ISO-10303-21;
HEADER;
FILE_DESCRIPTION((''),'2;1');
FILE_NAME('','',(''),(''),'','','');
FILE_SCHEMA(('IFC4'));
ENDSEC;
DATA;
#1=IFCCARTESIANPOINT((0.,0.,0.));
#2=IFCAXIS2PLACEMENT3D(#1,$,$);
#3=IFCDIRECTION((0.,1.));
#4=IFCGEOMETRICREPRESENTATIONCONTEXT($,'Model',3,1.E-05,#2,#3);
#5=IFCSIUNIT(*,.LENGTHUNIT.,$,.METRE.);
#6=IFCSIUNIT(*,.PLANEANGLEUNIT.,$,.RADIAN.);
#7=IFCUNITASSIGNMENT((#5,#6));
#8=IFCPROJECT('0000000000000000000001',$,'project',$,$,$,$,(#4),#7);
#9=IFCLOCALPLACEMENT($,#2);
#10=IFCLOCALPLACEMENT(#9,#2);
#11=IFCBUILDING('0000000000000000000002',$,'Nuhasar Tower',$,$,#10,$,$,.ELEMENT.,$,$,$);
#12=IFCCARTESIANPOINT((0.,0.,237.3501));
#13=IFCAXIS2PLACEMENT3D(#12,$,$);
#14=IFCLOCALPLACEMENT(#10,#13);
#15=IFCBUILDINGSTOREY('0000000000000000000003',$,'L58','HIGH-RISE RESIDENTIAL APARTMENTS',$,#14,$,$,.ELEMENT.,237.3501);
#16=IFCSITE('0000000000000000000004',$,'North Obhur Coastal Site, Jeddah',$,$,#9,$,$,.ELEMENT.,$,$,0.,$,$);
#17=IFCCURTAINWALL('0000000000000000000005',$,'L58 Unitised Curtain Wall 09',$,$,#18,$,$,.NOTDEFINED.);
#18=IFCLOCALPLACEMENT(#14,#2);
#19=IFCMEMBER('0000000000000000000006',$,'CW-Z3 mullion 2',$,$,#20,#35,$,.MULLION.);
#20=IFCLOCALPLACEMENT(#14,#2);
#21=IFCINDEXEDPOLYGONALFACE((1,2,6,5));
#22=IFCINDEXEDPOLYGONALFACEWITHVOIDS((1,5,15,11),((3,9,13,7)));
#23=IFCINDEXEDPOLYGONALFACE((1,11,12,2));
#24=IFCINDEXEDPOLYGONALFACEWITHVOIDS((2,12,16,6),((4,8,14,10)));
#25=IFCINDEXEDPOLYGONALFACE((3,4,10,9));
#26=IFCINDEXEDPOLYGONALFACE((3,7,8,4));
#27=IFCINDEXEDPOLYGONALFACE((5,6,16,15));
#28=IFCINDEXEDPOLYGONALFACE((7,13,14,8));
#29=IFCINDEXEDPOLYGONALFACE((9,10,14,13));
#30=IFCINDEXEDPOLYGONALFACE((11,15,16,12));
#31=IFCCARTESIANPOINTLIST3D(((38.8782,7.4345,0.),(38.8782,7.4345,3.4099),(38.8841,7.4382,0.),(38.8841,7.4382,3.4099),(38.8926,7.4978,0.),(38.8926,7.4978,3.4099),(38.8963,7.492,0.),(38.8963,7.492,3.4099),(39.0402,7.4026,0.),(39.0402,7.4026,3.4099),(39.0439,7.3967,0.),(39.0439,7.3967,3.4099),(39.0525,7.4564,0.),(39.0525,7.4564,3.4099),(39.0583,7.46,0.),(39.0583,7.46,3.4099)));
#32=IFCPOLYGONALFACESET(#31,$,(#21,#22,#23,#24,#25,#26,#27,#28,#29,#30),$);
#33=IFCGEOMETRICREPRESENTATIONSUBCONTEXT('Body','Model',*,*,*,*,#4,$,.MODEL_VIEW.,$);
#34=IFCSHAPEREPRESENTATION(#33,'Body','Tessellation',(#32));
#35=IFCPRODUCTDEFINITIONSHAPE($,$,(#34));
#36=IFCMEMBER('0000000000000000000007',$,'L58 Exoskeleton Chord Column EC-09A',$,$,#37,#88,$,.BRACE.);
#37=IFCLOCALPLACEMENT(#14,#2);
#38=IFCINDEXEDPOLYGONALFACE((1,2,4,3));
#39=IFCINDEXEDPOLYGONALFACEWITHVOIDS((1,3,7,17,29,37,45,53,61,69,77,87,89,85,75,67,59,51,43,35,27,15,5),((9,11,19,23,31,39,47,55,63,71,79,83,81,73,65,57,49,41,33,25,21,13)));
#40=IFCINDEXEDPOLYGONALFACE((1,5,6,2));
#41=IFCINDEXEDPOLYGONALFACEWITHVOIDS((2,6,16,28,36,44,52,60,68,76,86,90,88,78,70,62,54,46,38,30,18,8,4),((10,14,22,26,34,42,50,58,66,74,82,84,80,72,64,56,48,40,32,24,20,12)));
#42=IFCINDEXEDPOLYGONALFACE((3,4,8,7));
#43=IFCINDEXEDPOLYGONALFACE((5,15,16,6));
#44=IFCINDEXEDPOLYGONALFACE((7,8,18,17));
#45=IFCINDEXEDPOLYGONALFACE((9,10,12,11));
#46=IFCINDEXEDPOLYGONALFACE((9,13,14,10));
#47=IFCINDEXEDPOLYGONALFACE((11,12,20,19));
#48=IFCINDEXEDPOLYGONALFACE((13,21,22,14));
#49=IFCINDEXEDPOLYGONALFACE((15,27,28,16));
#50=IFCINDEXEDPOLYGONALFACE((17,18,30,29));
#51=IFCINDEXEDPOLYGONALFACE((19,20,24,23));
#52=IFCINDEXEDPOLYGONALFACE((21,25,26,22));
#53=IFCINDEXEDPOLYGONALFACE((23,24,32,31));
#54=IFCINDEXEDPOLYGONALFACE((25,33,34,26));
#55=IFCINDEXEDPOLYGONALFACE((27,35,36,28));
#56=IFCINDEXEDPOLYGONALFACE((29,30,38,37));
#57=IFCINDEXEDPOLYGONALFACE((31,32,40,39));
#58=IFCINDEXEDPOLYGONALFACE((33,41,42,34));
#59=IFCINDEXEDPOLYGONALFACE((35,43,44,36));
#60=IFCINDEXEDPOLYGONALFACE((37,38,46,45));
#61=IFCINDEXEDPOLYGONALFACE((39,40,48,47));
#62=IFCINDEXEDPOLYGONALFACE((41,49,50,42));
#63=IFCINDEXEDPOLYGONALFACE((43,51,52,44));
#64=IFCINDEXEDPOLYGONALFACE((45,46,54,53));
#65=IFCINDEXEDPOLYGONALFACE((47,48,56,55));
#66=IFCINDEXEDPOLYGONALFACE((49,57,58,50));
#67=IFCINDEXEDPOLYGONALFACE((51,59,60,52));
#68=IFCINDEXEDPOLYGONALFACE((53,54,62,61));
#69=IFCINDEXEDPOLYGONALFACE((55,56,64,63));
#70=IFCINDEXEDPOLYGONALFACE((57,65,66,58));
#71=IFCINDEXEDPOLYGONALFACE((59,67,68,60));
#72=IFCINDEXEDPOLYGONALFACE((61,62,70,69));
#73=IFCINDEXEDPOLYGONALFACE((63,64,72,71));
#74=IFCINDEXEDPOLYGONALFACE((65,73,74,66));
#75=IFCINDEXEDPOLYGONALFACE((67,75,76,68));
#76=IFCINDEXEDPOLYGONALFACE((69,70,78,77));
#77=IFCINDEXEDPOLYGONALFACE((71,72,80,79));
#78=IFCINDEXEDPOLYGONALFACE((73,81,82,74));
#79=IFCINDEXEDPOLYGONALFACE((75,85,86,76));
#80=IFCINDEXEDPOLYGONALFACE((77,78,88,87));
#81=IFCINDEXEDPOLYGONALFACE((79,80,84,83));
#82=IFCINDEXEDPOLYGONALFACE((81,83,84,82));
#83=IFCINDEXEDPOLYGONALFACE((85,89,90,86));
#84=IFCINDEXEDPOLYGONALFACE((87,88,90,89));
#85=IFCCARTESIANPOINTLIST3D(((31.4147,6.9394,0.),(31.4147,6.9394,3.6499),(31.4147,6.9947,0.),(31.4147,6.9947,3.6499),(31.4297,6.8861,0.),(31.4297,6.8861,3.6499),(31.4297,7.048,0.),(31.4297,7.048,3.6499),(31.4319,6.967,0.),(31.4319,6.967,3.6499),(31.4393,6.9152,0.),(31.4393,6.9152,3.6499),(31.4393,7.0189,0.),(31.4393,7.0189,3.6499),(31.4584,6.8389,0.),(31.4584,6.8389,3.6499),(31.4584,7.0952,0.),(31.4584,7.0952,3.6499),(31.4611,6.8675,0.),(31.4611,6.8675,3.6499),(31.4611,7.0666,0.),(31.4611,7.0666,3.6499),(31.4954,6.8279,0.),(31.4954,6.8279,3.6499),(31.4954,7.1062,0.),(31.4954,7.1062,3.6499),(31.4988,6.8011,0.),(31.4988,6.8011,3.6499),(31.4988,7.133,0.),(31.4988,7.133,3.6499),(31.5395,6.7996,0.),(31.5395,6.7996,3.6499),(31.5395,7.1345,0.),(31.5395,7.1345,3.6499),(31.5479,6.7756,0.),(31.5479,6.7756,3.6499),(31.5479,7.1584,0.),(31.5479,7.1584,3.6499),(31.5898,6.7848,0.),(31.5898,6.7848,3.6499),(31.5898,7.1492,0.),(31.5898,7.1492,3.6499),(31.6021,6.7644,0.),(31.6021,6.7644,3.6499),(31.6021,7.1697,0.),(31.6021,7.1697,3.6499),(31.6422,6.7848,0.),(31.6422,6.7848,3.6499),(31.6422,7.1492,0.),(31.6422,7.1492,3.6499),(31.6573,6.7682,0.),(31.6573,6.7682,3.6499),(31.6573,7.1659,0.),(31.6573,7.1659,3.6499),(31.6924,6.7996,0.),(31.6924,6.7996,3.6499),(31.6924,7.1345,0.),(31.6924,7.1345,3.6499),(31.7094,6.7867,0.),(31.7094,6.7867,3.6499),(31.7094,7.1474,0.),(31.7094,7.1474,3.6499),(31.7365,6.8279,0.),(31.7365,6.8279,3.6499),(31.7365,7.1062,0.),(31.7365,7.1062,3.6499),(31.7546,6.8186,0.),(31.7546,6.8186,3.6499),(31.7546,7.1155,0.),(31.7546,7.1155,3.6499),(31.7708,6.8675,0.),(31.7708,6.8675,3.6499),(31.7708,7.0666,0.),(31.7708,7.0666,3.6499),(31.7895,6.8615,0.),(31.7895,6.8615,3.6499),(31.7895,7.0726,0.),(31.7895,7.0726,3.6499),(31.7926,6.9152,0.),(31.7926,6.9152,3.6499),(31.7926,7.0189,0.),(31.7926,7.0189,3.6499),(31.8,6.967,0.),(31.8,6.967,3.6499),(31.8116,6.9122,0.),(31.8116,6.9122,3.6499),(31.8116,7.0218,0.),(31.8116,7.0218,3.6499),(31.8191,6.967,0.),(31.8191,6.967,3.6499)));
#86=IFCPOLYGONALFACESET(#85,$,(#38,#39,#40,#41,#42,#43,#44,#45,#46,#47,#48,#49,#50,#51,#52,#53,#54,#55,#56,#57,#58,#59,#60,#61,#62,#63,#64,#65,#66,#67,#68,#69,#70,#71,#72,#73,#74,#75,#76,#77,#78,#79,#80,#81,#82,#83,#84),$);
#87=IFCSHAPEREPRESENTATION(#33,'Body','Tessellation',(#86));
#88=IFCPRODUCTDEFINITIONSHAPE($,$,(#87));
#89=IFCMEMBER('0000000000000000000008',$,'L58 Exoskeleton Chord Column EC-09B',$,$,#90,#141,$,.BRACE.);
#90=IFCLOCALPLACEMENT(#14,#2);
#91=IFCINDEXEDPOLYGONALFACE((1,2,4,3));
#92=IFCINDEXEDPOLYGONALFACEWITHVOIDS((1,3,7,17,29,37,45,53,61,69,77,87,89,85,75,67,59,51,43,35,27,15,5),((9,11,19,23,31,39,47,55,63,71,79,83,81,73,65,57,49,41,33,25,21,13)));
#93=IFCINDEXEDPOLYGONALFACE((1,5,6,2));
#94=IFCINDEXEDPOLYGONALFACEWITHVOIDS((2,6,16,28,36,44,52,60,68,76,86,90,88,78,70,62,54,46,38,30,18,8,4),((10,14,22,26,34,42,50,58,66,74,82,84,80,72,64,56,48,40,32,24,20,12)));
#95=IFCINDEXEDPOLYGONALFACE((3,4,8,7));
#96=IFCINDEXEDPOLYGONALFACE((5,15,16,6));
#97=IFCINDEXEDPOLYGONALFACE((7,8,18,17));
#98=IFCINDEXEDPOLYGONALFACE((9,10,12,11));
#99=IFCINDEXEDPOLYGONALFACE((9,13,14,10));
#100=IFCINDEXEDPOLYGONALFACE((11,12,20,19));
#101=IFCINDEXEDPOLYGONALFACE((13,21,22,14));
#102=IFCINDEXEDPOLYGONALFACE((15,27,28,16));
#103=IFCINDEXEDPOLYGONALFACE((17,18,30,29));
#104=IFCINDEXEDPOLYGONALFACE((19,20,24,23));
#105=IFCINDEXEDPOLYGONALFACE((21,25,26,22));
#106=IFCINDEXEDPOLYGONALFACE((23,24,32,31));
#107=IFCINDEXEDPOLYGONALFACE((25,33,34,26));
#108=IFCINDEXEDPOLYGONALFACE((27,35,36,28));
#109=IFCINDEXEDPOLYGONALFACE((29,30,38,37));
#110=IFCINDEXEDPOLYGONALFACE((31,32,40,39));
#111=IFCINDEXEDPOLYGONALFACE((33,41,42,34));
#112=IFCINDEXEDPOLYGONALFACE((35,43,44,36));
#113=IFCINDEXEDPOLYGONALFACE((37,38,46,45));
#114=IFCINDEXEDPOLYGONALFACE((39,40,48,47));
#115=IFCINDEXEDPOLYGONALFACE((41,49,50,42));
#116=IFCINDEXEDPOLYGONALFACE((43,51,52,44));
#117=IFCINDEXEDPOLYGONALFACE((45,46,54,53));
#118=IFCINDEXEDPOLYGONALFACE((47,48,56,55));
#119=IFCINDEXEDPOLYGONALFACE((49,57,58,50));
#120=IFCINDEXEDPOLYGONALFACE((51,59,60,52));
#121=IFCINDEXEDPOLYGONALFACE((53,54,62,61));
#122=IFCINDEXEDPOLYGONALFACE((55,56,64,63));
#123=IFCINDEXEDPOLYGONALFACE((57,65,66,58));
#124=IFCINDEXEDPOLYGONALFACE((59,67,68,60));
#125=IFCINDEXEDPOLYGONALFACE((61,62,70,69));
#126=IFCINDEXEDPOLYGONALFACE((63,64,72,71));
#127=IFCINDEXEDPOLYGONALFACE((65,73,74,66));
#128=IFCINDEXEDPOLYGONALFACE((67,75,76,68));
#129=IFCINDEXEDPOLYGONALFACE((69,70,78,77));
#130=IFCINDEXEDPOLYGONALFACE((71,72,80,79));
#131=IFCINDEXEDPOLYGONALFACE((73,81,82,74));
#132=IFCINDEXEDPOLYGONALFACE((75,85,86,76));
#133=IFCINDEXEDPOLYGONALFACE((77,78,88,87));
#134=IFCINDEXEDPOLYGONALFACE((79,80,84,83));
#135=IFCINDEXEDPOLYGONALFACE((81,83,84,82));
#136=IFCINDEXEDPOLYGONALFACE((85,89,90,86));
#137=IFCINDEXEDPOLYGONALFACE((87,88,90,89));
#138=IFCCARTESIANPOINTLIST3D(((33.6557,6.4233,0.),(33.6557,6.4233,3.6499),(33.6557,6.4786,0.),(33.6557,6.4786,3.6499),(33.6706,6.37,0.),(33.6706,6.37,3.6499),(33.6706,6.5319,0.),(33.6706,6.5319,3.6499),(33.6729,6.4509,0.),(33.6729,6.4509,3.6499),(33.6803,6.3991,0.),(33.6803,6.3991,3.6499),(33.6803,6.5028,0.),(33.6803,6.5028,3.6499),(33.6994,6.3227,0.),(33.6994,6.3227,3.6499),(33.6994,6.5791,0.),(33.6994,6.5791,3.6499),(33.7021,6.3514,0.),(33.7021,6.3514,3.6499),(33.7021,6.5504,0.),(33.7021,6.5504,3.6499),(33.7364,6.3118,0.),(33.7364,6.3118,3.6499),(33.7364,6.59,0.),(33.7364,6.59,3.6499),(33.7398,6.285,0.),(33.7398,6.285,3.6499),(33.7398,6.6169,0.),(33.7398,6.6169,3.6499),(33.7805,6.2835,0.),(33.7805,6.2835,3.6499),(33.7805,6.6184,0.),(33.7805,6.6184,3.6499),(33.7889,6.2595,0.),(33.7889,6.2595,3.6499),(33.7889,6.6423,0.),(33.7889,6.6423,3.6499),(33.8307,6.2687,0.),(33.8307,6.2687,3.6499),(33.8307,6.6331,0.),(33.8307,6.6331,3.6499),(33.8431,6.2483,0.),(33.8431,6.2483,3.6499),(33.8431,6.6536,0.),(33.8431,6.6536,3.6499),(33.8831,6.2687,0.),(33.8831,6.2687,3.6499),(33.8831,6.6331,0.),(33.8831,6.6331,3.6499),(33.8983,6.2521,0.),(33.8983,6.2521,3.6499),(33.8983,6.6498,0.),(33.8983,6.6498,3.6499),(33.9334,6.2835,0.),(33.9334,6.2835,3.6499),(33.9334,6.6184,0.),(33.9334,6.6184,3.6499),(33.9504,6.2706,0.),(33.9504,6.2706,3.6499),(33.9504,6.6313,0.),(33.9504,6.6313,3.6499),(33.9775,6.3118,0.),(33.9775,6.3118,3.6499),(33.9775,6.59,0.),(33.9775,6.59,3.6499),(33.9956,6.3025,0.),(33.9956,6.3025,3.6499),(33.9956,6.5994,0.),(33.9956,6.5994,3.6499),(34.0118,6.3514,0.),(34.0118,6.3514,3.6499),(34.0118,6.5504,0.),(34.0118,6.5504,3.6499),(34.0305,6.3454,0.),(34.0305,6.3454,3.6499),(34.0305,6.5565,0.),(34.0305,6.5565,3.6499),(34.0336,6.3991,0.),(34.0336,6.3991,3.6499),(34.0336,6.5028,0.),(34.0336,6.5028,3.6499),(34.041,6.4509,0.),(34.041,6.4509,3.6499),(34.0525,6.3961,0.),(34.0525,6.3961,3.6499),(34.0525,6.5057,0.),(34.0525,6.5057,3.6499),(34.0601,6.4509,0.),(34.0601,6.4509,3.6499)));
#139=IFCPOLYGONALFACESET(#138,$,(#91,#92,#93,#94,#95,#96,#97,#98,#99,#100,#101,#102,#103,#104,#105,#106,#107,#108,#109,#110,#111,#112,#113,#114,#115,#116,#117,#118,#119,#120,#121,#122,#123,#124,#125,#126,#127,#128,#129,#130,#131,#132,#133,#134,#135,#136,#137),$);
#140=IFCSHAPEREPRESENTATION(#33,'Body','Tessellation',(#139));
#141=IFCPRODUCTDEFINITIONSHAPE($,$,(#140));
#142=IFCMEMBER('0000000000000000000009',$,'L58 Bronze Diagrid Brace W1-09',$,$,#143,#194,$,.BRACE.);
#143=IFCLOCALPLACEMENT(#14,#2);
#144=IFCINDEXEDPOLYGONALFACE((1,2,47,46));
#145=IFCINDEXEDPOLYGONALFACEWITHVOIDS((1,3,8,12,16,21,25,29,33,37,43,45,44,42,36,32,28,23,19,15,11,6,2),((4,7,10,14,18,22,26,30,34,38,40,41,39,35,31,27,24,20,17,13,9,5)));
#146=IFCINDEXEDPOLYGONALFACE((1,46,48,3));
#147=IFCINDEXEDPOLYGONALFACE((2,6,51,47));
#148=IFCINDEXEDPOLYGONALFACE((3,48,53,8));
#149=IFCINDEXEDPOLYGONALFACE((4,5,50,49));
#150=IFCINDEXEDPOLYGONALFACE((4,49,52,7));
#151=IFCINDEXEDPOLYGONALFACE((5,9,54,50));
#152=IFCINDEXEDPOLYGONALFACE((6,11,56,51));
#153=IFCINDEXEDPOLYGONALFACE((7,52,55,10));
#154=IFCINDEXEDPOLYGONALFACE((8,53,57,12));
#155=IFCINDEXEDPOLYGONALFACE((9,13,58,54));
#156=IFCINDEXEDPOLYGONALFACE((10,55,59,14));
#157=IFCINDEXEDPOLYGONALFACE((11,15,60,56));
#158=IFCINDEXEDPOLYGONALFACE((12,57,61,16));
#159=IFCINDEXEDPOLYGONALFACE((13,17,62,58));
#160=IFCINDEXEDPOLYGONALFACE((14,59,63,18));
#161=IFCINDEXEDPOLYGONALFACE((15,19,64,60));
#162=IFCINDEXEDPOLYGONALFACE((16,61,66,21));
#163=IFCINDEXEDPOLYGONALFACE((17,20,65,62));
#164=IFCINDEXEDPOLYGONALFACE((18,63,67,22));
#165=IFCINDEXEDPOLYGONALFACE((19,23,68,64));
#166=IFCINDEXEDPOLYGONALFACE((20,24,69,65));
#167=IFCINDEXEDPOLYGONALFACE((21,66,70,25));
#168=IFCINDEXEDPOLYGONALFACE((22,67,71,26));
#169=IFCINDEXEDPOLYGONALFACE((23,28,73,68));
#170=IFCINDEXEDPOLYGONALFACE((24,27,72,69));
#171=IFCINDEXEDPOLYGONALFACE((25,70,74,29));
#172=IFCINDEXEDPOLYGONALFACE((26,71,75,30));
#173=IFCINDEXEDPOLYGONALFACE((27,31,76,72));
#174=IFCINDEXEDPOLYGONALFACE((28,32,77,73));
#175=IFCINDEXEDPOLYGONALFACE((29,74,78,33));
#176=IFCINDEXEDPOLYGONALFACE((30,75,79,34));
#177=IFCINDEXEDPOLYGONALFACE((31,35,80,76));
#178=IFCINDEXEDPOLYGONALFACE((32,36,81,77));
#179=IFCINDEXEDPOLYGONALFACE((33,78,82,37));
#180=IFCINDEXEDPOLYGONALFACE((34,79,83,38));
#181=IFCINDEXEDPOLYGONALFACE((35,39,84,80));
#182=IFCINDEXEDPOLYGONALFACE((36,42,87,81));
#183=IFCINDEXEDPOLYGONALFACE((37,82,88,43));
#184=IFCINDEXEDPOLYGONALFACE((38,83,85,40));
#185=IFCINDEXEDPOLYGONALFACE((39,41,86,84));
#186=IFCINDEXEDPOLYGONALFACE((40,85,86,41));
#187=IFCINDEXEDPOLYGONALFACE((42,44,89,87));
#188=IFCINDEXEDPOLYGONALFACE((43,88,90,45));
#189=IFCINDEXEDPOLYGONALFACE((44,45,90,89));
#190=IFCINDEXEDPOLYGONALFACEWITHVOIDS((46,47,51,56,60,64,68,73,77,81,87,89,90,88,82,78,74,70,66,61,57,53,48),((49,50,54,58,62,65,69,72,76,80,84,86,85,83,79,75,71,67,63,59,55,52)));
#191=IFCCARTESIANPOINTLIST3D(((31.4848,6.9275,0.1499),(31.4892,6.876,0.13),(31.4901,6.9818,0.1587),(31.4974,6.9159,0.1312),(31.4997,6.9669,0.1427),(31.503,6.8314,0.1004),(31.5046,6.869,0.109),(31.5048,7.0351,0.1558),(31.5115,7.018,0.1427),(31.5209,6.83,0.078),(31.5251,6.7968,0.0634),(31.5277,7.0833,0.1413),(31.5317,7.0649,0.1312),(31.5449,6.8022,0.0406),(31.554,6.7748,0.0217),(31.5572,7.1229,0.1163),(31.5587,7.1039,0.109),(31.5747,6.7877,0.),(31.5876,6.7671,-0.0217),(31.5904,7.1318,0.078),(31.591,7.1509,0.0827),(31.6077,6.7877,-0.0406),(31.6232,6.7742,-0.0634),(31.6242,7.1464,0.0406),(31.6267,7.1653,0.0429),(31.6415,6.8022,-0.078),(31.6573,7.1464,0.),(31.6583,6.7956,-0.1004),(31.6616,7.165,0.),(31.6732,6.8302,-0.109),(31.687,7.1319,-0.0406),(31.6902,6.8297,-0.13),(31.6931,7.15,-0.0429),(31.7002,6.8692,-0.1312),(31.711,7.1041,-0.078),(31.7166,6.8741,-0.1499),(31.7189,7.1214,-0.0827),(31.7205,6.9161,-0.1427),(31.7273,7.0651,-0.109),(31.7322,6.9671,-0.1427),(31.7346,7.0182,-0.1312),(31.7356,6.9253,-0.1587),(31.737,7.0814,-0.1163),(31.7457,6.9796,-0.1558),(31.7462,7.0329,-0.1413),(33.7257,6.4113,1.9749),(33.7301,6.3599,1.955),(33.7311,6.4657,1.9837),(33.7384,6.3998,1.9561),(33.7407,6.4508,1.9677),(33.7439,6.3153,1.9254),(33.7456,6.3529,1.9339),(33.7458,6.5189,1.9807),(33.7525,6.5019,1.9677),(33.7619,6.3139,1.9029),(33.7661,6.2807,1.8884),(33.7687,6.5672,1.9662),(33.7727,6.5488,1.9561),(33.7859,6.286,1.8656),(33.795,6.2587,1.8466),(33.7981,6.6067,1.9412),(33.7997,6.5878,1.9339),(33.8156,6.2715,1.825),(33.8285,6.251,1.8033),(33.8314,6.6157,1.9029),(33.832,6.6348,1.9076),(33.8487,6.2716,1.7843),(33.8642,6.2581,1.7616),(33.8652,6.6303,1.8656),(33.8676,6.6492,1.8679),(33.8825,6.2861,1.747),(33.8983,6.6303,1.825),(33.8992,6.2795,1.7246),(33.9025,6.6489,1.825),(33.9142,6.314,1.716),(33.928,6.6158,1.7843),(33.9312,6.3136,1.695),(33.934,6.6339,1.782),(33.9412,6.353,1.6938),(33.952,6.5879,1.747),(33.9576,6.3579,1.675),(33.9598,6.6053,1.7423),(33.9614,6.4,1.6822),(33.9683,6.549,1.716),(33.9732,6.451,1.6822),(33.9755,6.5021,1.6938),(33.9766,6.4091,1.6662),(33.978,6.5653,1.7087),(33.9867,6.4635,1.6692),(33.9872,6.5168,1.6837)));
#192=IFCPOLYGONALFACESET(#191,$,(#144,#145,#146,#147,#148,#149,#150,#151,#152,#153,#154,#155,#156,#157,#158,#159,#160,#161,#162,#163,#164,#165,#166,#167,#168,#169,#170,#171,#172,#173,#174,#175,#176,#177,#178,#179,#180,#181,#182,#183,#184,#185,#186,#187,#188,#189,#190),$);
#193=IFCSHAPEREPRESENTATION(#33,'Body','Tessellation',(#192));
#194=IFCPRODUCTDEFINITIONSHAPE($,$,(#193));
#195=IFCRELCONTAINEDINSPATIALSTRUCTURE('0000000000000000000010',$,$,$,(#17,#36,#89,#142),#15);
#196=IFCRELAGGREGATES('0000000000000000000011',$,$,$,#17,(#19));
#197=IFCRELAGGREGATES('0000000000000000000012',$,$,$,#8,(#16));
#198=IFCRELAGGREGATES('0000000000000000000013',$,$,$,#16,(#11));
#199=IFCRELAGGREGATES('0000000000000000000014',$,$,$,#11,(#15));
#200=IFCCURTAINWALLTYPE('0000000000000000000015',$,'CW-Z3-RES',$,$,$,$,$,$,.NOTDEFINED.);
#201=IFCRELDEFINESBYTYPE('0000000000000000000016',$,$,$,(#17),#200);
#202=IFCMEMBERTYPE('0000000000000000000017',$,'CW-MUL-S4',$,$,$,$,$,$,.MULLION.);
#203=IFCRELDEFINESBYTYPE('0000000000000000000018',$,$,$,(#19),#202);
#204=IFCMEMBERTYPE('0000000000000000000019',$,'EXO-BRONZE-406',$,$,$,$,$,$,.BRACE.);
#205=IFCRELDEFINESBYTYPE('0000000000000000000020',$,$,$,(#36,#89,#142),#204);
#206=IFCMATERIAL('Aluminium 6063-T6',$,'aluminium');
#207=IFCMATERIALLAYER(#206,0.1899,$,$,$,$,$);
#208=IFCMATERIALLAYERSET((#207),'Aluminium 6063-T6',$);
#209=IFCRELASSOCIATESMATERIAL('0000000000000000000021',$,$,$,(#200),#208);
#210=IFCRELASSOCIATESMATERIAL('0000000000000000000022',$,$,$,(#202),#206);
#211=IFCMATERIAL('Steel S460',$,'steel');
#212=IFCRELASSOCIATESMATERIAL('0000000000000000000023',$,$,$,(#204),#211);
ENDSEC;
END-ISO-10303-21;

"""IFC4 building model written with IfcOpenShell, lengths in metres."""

from ifc_helpers import new_model, si_unit, direction, frame, origin, origin_2d, place, context, subcontext, project, spatial, hollow_rectangle, hollow_circle, extrude, material, layer, layer_set, material_profile, profile_set, type_object, element, aggregate, save


model = new_model("IFC4")

# Units and contexts
model_context = context("Model", 3, precision=1e-05, world=origin(), true_north=direction((0.0, 1.0)))
body_context = subcontext(model_context, "Body", "Model", "MODEL_VIEW")
ifc_project = project(units=[si_unit("LENGTHUNIT", "METRE"), si_unit("PLANEANGLEUNIT", "RADIAN")], contexts=[model_context])

# Site, building, storey
site_placement = place(None, origin())
site = spatial("IfcSite", under=ifc_project, at=site_placement, Name="North Obhur Coastal Site, Jeddah", CompositionType="ELEMENT", RefElevation=0.0)
building_placement = place(site_placement, origin())
building = spatial("IfcBuilding", under=site, at=building_placement, Name="Nuhasar Tower", CompositionType="ELEMENT")
storey_placement = place(building_placement, frame((0.0, 0.0, 237.3501)))
storey = spatial("IfcBuildingStorey", under=building, at=storey_placement, Name="L58", Description="HIGH-RISE RESIDENTIAL APARTMENTS", CompositionType="ELEMENT", Elevation=237.3501)

# Curtain wall, member
ifc_material_1 = material(Name="Aluminium 6063-T6", Category="aluminium")
ifc_layer_1 = layer(ifc_material_1, 0.1899)
ifc_layer_set_1 = layer_set([ifc_layer_1], Name="Aluminium 6063-T6")
curtain_wall_type = type_object("IfcCurtainWallType", Name="CW-Z3-RES", PredefinedType="NOTDEFINED", material=ifc_layer_set_1)
curtain_wall_placement = place(storey_placement, origin())
curtain_wall = element("IfcCurtainWall", 1, at=curtain_wall_placement, inside=storey, type_object=curtain_wall_type, Name="L58 Unitised Curtain Wall 09", PredefinedType="NOTDEFINED")
ifc_material_profile_1 = material_profile(ifc_material_1, hollow_rectangle(XDim=0.0649, YDim=0.1699, WallThickness=0.0049, at=origin_2d()), Name="CWM-4")
ifc_profile_set_1 = profile_set([ifc_material_profile_1], Name="Aluminium 6063-T6")
member_type_1 = type_object("IfcMemberType", Name="CW-MUL-S4", PredefinedType="MULLION", material=ifc_profile_set_1)
member_placement = place(storey_placement, frame((38.9683, 7.4473, 0.0), z_axis=(0.0, 0.0, 1.0), x_axis=(0.222243, 0.974991, 0.0)))
member = element("IfcMember", 2, at=member_placement, type_object=member_type_1, Name="CW-Z3 mullion 2", PredefinedType="MULLION", context=body_context, shape_type="SweptSolid", body=[
    extrude(hollow_rectangle(XDim=0.0649, YDim=0.1699, WallThickness=0.0049, at=origin_2d()), origin(), (0.0, 0.0, 1.0), 3.4099),
])

# Members
ifc_material_2 = material(Name="Steel S460", Category="steel")
ifc_material_profile_2 = material_profile(ifc_material_2, hollow_circle(Radius=0.2031, WallThickness=0.019, at=origin_2d()), Name="HSS406.4X19.1")
ifc_profile_set_2 = profile_set([ifc_material_profile_2], Name="Steel S460")
member_type_2 = type_object("IfcMemberType", Name="EXO-BRONZE-406", PredefinedType="BRACE", material=ifc_profile_set_2)
for number, where, z_axis, x_axis, name in (
    (3, (31.616, 6.967, 0.0), (0.0, 0.0, 1.0), (1.0, 0.0, 0.0), "L58 Exoskeleton Chord Column EC-09A"),
    (4, (33.8569, 6.4509, 0.0), (0.0, 0.0, 1.0), (1.0, 0.0, 0.0), "L58 Exoskeleton Chord Column EC-09B"),
):
    element("IfcMember", number, at=place(storey_placement, frame(where, z_axis=z_axis, x_axis=x_axis)), inside=storey, type_object=member_type_2, Name=name, PredefinedType="BRACE", context=body_context, shape_type="SweptSolid", body=[
        extrude(hollow_circle(Radius=0.2031, WallThickness=0.019, at=origin_2d()), origin(), (0.0, 0.0, 1.0), 3.6499),
    ])
for number, where, z_axis, x_axis, name in (
    (5, (31.616, 6.967, 0.0), (0.763332, -0.175802, 0.621626), (0.224433, 0.97449, 0.0), "L58 Bronze Diagrid Brace W1-09"),
):
    element("IfcMember", number, at=place(storey_placement, frame(where, z_axis=z_axis, x_axis=x_axis)), inside=storey, type_object=member_type_2, Name=name, PredefinedType="BRACE", context=body_context, shape_type="SweptSolid", body=[
        extrude(hollow_circle(Radius=0.2031, WallThickness=0.019, at=origin_2d()), origin(), (0.0, 0.0, 1.0), 2.9358),
    ])

aggregate(curtain_wall, [member])

save(model, "model.ifc")
